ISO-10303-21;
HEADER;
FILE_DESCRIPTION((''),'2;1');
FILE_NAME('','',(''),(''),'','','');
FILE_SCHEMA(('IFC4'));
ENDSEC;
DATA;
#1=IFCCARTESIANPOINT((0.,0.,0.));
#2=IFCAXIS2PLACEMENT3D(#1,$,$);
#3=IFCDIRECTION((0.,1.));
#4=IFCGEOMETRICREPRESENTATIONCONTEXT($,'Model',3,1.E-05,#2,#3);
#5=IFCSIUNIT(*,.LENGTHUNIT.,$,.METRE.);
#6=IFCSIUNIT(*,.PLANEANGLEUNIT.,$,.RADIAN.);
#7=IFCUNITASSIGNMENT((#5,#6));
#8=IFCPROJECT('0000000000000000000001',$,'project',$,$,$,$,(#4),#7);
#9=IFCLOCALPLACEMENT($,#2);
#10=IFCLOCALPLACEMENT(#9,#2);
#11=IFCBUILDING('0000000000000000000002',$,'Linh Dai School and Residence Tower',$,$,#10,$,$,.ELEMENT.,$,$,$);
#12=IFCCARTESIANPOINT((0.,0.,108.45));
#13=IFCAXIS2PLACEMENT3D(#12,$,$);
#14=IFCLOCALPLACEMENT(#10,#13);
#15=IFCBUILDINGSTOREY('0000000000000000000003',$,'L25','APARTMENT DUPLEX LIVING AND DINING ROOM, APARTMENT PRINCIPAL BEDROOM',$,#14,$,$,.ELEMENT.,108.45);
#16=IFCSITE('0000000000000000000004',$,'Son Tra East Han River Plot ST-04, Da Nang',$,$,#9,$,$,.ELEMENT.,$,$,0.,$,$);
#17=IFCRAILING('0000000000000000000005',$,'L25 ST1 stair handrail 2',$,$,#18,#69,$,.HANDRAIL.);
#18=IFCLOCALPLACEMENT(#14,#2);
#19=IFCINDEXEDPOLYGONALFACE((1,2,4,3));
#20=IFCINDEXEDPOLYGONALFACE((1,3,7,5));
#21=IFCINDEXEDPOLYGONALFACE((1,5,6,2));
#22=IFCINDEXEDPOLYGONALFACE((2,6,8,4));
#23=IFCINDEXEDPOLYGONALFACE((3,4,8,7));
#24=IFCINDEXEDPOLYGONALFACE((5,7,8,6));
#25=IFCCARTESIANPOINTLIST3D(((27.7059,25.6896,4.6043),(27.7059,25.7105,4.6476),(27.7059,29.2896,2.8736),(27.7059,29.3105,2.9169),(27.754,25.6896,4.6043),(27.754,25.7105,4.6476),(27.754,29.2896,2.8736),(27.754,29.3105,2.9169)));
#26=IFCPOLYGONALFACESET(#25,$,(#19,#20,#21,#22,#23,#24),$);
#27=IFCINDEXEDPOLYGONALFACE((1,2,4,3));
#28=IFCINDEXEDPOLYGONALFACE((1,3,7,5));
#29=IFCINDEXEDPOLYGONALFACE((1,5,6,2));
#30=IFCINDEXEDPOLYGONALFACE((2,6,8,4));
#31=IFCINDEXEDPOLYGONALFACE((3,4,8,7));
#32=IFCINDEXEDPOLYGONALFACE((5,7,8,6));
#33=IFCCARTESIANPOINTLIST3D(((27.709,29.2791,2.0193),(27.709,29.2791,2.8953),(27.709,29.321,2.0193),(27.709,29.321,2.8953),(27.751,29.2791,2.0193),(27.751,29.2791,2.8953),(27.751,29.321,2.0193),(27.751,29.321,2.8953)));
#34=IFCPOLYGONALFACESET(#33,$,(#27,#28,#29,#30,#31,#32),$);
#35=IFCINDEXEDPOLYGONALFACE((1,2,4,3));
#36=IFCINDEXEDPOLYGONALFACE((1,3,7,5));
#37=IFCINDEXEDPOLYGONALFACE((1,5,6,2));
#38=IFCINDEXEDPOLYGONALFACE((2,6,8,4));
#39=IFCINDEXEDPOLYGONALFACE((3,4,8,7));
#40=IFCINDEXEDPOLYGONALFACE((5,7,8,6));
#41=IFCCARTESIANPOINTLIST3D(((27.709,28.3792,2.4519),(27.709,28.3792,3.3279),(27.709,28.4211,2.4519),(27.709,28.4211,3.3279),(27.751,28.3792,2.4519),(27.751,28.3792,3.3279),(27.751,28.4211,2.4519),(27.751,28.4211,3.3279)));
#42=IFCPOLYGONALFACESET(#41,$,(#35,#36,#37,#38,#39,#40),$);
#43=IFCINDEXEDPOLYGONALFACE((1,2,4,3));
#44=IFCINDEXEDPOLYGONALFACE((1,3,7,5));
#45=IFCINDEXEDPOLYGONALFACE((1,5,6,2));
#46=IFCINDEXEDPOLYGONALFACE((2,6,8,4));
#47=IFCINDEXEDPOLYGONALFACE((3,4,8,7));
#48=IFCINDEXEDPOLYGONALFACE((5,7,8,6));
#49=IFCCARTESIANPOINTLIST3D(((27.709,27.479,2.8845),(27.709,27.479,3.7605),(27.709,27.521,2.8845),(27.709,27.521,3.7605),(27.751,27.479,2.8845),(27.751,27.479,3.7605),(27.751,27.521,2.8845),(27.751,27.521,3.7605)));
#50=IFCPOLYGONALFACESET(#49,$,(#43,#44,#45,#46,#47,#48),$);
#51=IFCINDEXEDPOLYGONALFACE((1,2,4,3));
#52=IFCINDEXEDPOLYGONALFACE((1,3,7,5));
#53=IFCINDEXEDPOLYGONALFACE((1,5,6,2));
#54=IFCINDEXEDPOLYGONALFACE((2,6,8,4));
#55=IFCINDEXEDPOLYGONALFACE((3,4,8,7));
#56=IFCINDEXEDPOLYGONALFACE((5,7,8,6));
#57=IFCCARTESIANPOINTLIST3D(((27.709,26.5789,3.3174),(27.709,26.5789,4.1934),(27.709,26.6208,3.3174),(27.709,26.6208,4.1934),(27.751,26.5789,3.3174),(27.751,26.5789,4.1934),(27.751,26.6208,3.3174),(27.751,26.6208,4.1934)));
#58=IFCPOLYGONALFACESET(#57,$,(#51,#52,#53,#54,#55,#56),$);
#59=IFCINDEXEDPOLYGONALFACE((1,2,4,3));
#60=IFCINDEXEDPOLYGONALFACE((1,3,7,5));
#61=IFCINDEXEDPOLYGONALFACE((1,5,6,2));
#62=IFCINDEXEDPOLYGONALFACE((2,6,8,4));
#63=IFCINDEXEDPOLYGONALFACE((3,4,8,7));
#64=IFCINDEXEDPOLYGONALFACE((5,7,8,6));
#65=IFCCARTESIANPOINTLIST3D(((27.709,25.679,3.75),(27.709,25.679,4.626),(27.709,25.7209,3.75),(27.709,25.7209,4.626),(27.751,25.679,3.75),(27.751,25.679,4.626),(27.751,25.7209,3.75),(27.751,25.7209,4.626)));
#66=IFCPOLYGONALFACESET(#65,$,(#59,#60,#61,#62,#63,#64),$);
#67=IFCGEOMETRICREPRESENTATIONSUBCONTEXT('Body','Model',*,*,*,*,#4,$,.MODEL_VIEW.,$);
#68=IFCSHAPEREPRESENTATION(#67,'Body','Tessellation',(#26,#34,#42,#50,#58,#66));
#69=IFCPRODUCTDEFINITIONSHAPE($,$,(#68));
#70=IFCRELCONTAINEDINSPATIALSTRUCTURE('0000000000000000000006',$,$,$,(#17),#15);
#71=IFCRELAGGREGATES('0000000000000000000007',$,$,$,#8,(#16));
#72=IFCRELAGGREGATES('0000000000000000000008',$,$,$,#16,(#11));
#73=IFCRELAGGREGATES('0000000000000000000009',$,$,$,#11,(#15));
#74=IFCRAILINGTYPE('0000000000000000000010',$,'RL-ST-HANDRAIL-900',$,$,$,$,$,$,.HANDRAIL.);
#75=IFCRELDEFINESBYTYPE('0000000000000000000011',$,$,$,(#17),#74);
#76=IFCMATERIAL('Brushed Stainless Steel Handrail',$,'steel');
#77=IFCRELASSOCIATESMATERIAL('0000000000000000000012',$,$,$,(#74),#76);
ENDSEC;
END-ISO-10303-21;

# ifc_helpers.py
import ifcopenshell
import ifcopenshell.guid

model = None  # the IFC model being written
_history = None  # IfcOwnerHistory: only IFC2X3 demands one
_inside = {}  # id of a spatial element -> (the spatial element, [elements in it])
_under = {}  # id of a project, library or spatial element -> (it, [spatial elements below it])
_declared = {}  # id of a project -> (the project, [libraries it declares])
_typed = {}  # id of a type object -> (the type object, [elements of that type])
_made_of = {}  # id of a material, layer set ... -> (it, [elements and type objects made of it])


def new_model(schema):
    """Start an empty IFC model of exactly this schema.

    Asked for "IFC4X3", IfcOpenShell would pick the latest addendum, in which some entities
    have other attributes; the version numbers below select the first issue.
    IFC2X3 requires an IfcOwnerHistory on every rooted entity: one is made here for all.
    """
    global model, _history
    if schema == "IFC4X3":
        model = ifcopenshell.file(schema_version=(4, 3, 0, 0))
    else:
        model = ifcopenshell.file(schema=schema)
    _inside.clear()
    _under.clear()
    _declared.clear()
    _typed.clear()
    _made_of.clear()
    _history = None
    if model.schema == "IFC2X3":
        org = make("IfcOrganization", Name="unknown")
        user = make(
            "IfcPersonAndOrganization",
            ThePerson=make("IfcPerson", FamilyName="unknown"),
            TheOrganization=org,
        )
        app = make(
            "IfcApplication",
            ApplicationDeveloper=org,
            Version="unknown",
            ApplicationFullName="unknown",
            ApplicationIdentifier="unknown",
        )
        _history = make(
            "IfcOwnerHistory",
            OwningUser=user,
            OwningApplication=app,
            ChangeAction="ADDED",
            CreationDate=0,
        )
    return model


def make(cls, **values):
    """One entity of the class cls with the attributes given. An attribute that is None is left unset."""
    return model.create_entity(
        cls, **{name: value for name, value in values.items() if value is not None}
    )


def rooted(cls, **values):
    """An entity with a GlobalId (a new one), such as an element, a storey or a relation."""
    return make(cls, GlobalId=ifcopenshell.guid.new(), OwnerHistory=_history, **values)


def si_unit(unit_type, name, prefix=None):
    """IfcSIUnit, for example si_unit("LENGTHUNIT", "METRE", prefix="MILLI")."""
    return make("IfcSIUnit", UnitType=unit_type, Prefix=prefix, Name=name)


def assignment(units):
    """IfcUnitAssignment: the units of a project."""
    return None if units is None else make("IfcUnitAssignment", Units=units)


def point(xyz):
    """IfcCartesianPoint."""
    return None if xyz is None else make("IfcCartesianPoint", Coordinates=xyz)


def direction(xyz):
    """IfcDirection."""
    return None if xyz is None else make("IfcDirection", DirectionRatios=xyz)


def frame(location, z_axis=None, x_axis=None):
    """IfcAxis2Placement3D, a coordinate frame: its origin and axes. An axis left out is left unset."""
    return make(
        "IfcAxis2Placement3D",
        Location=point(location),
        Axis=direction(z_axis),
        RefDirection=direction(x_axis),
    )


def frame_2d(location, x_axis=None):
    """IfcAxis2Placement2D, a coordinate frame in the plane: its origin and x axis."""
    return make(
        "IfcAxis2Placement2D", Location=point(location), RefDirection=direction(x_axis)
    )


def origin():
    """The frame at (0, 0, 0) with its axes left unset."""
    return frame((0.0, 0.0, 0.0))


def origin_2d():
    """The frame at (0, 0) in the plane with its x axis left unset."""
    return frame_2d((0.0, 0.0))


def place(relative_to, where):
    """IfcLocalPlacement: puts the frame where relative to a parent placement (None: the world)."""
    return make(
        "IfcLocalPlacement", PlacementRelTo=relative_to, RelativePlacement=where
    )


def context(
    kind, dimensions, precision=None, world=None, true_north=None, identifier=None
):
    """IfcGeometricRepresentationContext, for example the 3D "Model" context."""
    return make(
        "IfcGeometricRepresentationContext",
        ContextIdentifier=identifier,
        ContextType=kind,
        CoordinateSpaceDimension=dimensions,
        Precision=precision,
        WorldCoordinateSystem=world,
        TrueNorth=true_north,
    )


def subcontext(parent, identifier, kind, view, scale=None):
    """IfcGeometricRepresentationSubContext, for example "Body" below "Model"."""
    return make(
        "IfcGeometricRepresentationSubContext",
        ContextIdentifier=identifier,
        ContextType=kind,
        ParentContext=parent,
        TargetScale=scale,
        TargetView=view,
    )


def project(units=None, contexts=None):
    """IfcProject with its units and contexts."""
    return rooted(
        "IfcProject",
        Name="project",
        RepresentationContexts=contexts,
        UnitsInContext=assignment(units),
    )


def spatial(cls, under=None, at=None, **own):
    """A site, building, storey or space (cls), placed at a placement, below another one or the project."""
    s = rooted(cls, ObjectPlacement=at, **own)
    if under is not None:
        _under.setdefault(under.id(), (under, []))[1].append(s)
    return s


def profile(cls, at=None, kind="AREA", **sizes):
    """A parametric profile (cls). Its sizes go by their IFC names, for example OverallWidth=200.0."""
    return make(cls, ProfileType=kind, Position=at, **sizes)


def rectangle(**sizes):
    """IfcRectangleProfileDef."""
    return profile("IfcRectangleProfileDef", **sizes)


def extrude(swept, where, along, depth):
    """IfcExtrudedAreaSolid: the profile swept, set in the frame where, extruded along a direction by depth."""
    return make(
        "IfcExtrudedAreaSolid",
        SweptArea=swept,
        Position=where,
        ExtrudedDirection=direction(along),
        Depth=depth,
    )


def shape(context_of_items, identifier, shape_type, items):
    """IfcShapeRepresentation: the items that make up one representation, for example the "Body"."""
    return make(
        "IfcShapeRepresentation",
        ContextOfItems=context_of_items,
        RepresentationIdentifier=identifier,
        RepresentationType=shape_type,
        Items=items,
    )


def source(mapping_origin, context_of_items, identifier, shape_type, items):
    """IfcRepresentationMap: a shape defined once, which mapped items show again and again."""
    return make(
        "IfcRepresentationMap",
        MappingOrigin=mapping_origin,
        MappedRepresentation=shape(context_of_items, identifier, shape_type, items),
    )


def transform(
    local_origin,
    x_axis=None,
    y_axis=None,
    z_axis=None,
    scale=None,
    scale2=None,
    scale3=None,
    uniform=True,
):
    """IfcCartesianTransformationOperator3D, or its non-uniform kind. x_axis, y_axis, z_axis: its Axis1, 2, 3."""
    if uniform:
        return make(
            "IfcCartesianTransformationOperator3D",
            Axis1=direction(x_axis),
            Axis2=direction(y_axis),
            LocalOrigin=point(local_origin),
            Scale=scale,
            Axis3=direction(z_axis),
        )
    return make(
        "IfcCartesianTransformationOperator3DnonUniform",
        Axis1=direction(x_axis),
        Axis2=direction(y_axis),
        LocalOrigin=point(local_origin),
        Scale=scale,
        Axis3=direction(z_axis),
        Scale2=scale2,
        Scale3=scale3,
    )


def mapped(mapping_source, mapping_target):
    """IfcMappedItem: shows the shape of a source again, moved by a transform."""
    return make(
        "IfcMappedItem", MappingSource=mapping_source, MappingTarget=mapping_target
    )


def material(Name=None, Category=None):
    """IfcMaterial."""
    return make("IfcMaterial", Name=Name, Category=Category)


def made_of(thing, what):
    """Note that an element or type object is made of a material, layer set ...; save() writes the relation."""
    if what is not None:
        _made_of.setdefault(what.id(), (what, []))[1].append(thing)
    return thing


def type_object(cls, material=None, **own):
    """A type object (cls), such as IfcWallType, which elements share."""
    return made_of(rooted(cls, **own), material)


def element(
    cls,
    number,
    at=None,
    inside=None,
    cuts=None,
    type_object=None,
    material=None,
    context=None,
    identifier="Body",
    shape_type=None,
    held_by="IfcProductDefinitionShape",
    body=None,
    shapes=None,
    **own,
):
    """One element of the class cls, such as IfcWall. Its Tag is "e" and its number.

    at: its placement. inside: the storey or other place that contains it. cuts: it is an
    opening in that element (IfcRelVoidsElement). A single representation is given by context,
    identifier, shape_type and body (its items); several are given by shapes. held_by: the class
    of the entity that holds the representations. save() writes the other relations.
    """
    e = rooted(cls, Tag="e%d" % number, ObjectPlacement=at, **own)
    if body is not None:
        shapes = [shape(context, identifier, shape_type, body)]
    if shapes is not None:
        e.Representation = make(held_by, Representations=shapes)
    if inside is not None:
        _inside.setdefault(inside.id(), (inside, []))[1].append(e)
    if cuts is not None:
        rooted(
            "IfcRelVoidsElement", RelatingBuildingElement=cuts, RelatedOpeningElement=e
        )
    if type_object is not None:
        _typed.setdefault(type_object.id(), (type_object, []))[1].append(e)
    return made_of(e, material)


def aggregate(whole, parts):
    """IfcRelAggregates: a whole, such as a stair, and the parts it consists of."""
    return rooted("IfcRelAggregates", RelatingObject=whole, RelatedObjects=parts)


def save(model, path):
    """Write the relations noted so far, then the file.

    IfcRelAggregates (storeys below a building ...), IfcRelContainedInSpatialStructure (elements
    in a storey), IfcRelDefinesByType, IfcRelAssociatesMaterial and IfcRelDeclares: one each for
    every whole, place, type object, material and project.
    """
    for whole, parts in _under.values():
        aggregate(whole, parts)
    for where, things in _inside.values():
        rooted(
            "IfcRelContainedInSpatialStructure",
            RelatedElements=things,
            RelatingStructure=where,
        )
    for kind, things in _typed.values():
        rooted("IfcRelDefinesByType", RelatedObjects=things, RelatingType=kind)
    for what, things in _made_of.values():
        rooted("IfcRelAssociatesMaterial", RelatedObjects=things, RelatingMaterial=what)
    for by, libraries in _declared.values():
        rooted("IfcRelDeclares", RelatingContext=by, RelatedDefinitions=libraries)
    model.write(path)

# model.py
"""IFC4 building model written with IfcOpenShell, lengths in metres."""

from ifc_helpers import new_model, si_unit, direction, frame, origin, origin_2d, place, context, subcontext, project, spatial, rectangle, extrude, source, transform, mapped, material, type_object, element, save


model = new_model("IFC4")

# Units and contexts
model_context = context("Model", 3, precision=1e-05, world=origin(), true_north=direction((0.0, 1.0)))
body_context = subcontext(model_context, "Body", "Model", "MODEL_VIEW")
ifc_project = project(units=[si_unit("LENGTHUNIT", "METRE"), si_unit("PLANEANGLEUNIT", "RADIAN")], contexts=[model_context])

# Site, building, storey
site_placement = place(None, origin())
site = spatial("IfcSite", under=ifc_project, at=site_placement, Name="Son Tra East Han River Plot ST-04, Da Nang", CompositionType="ELEMENT", RefElevation=0.0)
building_placement = place(site_placement, origin())
building = spatial("IfcBuilding", under=site, at=building_placement, Name="Linh Dai School and Residence Tower", CompositionType="ELEMENT")
storey_placement = place(building_placement, frame((0.0, 0.0, 108.45)))
storey = spatial("IfcBuildingStorey", under=building, at=storey_placement, Name="L25", Description="APARTMENT DUPLEX LIVING AND DINING ROOM, APARTMENT PRINCIPAL BEDROOM", CompositionType="ELEMENT", Elevation=108.45)

# Railing
ifc_material_1 = material(Name="Brushed Stainless Steel Handrail", Category="steel")
railing_type_1 = type_object("IfcRailingType", Name="RL-ST-HANDRAIL-900", PredefinedType="HANDRAIL", material=ifc_material_1)
shared_shape_1 = source(origin(), body_context, "Body", "SweptSolid", [
    extrude(rectangle(XDim=0.0481, YDim=0.0481, at=origin_2d()), frame((0.0, 0.0, 0.876), z_axis=(0.0, -0.901263, 0.433273), x_axis=(1.0, 0.0, 0.0)), (0.0, 0.0, 1.0), 3.9944),
    extrude(rectangle(XDim=0.042, YDim=0.042, at=origin_2d()), origin(), (0.0, 0.0, 1.0), 0.876),
    extrude(rectangle(XDim=0.042, YDim=0.042, at=origin_2d()), frame((0.0, -0.8999, 0.4326)), (0.0, 0.0, 1.0), 0.876),
    extrude(rectangle(XDim=0.042, YDim=0.042, at=origin_2d()), frame((0.0, -1.8, 0.8652)), (0.0, 0.0, 1.0), 0.876),
    extrude(rectangle(XDim=0.042, YDim=0.042, at=origin_2d()), frame((0.0, -2.7002, 1.2981)), (0.0, 0.0, 1.0), 0.876),
    extrude(rectangle(XDim=0.042, YDim=0.042, at=origin_2d()), frame((0.0, -3.6001, 1.7307)), (0.0, 0.0, 1.0), 0.876),
])
railing_1_placement = place(storey_placement, frame((27.73, 29.3, 2.0193)))
element("IfcRailing", 1, at=railing_1_placement, inside=storey, type_object=railing_type_1, Name="L25 ST1 stair handrail 2", PredefinedType="HANDRAIL", context=body_context, shape_type="MappedRepresentation", body=[
    mapped(shared_shape_1, transform((0.0, 0.0, 0.0), x_axis=(1.0, 0.0, 0.0), y_axis=(0.0, 1.0, 0.0), z_axis=(0.0, 0.0, 1.0), scale=1.0)),
])

save(model, "model.ifc")
